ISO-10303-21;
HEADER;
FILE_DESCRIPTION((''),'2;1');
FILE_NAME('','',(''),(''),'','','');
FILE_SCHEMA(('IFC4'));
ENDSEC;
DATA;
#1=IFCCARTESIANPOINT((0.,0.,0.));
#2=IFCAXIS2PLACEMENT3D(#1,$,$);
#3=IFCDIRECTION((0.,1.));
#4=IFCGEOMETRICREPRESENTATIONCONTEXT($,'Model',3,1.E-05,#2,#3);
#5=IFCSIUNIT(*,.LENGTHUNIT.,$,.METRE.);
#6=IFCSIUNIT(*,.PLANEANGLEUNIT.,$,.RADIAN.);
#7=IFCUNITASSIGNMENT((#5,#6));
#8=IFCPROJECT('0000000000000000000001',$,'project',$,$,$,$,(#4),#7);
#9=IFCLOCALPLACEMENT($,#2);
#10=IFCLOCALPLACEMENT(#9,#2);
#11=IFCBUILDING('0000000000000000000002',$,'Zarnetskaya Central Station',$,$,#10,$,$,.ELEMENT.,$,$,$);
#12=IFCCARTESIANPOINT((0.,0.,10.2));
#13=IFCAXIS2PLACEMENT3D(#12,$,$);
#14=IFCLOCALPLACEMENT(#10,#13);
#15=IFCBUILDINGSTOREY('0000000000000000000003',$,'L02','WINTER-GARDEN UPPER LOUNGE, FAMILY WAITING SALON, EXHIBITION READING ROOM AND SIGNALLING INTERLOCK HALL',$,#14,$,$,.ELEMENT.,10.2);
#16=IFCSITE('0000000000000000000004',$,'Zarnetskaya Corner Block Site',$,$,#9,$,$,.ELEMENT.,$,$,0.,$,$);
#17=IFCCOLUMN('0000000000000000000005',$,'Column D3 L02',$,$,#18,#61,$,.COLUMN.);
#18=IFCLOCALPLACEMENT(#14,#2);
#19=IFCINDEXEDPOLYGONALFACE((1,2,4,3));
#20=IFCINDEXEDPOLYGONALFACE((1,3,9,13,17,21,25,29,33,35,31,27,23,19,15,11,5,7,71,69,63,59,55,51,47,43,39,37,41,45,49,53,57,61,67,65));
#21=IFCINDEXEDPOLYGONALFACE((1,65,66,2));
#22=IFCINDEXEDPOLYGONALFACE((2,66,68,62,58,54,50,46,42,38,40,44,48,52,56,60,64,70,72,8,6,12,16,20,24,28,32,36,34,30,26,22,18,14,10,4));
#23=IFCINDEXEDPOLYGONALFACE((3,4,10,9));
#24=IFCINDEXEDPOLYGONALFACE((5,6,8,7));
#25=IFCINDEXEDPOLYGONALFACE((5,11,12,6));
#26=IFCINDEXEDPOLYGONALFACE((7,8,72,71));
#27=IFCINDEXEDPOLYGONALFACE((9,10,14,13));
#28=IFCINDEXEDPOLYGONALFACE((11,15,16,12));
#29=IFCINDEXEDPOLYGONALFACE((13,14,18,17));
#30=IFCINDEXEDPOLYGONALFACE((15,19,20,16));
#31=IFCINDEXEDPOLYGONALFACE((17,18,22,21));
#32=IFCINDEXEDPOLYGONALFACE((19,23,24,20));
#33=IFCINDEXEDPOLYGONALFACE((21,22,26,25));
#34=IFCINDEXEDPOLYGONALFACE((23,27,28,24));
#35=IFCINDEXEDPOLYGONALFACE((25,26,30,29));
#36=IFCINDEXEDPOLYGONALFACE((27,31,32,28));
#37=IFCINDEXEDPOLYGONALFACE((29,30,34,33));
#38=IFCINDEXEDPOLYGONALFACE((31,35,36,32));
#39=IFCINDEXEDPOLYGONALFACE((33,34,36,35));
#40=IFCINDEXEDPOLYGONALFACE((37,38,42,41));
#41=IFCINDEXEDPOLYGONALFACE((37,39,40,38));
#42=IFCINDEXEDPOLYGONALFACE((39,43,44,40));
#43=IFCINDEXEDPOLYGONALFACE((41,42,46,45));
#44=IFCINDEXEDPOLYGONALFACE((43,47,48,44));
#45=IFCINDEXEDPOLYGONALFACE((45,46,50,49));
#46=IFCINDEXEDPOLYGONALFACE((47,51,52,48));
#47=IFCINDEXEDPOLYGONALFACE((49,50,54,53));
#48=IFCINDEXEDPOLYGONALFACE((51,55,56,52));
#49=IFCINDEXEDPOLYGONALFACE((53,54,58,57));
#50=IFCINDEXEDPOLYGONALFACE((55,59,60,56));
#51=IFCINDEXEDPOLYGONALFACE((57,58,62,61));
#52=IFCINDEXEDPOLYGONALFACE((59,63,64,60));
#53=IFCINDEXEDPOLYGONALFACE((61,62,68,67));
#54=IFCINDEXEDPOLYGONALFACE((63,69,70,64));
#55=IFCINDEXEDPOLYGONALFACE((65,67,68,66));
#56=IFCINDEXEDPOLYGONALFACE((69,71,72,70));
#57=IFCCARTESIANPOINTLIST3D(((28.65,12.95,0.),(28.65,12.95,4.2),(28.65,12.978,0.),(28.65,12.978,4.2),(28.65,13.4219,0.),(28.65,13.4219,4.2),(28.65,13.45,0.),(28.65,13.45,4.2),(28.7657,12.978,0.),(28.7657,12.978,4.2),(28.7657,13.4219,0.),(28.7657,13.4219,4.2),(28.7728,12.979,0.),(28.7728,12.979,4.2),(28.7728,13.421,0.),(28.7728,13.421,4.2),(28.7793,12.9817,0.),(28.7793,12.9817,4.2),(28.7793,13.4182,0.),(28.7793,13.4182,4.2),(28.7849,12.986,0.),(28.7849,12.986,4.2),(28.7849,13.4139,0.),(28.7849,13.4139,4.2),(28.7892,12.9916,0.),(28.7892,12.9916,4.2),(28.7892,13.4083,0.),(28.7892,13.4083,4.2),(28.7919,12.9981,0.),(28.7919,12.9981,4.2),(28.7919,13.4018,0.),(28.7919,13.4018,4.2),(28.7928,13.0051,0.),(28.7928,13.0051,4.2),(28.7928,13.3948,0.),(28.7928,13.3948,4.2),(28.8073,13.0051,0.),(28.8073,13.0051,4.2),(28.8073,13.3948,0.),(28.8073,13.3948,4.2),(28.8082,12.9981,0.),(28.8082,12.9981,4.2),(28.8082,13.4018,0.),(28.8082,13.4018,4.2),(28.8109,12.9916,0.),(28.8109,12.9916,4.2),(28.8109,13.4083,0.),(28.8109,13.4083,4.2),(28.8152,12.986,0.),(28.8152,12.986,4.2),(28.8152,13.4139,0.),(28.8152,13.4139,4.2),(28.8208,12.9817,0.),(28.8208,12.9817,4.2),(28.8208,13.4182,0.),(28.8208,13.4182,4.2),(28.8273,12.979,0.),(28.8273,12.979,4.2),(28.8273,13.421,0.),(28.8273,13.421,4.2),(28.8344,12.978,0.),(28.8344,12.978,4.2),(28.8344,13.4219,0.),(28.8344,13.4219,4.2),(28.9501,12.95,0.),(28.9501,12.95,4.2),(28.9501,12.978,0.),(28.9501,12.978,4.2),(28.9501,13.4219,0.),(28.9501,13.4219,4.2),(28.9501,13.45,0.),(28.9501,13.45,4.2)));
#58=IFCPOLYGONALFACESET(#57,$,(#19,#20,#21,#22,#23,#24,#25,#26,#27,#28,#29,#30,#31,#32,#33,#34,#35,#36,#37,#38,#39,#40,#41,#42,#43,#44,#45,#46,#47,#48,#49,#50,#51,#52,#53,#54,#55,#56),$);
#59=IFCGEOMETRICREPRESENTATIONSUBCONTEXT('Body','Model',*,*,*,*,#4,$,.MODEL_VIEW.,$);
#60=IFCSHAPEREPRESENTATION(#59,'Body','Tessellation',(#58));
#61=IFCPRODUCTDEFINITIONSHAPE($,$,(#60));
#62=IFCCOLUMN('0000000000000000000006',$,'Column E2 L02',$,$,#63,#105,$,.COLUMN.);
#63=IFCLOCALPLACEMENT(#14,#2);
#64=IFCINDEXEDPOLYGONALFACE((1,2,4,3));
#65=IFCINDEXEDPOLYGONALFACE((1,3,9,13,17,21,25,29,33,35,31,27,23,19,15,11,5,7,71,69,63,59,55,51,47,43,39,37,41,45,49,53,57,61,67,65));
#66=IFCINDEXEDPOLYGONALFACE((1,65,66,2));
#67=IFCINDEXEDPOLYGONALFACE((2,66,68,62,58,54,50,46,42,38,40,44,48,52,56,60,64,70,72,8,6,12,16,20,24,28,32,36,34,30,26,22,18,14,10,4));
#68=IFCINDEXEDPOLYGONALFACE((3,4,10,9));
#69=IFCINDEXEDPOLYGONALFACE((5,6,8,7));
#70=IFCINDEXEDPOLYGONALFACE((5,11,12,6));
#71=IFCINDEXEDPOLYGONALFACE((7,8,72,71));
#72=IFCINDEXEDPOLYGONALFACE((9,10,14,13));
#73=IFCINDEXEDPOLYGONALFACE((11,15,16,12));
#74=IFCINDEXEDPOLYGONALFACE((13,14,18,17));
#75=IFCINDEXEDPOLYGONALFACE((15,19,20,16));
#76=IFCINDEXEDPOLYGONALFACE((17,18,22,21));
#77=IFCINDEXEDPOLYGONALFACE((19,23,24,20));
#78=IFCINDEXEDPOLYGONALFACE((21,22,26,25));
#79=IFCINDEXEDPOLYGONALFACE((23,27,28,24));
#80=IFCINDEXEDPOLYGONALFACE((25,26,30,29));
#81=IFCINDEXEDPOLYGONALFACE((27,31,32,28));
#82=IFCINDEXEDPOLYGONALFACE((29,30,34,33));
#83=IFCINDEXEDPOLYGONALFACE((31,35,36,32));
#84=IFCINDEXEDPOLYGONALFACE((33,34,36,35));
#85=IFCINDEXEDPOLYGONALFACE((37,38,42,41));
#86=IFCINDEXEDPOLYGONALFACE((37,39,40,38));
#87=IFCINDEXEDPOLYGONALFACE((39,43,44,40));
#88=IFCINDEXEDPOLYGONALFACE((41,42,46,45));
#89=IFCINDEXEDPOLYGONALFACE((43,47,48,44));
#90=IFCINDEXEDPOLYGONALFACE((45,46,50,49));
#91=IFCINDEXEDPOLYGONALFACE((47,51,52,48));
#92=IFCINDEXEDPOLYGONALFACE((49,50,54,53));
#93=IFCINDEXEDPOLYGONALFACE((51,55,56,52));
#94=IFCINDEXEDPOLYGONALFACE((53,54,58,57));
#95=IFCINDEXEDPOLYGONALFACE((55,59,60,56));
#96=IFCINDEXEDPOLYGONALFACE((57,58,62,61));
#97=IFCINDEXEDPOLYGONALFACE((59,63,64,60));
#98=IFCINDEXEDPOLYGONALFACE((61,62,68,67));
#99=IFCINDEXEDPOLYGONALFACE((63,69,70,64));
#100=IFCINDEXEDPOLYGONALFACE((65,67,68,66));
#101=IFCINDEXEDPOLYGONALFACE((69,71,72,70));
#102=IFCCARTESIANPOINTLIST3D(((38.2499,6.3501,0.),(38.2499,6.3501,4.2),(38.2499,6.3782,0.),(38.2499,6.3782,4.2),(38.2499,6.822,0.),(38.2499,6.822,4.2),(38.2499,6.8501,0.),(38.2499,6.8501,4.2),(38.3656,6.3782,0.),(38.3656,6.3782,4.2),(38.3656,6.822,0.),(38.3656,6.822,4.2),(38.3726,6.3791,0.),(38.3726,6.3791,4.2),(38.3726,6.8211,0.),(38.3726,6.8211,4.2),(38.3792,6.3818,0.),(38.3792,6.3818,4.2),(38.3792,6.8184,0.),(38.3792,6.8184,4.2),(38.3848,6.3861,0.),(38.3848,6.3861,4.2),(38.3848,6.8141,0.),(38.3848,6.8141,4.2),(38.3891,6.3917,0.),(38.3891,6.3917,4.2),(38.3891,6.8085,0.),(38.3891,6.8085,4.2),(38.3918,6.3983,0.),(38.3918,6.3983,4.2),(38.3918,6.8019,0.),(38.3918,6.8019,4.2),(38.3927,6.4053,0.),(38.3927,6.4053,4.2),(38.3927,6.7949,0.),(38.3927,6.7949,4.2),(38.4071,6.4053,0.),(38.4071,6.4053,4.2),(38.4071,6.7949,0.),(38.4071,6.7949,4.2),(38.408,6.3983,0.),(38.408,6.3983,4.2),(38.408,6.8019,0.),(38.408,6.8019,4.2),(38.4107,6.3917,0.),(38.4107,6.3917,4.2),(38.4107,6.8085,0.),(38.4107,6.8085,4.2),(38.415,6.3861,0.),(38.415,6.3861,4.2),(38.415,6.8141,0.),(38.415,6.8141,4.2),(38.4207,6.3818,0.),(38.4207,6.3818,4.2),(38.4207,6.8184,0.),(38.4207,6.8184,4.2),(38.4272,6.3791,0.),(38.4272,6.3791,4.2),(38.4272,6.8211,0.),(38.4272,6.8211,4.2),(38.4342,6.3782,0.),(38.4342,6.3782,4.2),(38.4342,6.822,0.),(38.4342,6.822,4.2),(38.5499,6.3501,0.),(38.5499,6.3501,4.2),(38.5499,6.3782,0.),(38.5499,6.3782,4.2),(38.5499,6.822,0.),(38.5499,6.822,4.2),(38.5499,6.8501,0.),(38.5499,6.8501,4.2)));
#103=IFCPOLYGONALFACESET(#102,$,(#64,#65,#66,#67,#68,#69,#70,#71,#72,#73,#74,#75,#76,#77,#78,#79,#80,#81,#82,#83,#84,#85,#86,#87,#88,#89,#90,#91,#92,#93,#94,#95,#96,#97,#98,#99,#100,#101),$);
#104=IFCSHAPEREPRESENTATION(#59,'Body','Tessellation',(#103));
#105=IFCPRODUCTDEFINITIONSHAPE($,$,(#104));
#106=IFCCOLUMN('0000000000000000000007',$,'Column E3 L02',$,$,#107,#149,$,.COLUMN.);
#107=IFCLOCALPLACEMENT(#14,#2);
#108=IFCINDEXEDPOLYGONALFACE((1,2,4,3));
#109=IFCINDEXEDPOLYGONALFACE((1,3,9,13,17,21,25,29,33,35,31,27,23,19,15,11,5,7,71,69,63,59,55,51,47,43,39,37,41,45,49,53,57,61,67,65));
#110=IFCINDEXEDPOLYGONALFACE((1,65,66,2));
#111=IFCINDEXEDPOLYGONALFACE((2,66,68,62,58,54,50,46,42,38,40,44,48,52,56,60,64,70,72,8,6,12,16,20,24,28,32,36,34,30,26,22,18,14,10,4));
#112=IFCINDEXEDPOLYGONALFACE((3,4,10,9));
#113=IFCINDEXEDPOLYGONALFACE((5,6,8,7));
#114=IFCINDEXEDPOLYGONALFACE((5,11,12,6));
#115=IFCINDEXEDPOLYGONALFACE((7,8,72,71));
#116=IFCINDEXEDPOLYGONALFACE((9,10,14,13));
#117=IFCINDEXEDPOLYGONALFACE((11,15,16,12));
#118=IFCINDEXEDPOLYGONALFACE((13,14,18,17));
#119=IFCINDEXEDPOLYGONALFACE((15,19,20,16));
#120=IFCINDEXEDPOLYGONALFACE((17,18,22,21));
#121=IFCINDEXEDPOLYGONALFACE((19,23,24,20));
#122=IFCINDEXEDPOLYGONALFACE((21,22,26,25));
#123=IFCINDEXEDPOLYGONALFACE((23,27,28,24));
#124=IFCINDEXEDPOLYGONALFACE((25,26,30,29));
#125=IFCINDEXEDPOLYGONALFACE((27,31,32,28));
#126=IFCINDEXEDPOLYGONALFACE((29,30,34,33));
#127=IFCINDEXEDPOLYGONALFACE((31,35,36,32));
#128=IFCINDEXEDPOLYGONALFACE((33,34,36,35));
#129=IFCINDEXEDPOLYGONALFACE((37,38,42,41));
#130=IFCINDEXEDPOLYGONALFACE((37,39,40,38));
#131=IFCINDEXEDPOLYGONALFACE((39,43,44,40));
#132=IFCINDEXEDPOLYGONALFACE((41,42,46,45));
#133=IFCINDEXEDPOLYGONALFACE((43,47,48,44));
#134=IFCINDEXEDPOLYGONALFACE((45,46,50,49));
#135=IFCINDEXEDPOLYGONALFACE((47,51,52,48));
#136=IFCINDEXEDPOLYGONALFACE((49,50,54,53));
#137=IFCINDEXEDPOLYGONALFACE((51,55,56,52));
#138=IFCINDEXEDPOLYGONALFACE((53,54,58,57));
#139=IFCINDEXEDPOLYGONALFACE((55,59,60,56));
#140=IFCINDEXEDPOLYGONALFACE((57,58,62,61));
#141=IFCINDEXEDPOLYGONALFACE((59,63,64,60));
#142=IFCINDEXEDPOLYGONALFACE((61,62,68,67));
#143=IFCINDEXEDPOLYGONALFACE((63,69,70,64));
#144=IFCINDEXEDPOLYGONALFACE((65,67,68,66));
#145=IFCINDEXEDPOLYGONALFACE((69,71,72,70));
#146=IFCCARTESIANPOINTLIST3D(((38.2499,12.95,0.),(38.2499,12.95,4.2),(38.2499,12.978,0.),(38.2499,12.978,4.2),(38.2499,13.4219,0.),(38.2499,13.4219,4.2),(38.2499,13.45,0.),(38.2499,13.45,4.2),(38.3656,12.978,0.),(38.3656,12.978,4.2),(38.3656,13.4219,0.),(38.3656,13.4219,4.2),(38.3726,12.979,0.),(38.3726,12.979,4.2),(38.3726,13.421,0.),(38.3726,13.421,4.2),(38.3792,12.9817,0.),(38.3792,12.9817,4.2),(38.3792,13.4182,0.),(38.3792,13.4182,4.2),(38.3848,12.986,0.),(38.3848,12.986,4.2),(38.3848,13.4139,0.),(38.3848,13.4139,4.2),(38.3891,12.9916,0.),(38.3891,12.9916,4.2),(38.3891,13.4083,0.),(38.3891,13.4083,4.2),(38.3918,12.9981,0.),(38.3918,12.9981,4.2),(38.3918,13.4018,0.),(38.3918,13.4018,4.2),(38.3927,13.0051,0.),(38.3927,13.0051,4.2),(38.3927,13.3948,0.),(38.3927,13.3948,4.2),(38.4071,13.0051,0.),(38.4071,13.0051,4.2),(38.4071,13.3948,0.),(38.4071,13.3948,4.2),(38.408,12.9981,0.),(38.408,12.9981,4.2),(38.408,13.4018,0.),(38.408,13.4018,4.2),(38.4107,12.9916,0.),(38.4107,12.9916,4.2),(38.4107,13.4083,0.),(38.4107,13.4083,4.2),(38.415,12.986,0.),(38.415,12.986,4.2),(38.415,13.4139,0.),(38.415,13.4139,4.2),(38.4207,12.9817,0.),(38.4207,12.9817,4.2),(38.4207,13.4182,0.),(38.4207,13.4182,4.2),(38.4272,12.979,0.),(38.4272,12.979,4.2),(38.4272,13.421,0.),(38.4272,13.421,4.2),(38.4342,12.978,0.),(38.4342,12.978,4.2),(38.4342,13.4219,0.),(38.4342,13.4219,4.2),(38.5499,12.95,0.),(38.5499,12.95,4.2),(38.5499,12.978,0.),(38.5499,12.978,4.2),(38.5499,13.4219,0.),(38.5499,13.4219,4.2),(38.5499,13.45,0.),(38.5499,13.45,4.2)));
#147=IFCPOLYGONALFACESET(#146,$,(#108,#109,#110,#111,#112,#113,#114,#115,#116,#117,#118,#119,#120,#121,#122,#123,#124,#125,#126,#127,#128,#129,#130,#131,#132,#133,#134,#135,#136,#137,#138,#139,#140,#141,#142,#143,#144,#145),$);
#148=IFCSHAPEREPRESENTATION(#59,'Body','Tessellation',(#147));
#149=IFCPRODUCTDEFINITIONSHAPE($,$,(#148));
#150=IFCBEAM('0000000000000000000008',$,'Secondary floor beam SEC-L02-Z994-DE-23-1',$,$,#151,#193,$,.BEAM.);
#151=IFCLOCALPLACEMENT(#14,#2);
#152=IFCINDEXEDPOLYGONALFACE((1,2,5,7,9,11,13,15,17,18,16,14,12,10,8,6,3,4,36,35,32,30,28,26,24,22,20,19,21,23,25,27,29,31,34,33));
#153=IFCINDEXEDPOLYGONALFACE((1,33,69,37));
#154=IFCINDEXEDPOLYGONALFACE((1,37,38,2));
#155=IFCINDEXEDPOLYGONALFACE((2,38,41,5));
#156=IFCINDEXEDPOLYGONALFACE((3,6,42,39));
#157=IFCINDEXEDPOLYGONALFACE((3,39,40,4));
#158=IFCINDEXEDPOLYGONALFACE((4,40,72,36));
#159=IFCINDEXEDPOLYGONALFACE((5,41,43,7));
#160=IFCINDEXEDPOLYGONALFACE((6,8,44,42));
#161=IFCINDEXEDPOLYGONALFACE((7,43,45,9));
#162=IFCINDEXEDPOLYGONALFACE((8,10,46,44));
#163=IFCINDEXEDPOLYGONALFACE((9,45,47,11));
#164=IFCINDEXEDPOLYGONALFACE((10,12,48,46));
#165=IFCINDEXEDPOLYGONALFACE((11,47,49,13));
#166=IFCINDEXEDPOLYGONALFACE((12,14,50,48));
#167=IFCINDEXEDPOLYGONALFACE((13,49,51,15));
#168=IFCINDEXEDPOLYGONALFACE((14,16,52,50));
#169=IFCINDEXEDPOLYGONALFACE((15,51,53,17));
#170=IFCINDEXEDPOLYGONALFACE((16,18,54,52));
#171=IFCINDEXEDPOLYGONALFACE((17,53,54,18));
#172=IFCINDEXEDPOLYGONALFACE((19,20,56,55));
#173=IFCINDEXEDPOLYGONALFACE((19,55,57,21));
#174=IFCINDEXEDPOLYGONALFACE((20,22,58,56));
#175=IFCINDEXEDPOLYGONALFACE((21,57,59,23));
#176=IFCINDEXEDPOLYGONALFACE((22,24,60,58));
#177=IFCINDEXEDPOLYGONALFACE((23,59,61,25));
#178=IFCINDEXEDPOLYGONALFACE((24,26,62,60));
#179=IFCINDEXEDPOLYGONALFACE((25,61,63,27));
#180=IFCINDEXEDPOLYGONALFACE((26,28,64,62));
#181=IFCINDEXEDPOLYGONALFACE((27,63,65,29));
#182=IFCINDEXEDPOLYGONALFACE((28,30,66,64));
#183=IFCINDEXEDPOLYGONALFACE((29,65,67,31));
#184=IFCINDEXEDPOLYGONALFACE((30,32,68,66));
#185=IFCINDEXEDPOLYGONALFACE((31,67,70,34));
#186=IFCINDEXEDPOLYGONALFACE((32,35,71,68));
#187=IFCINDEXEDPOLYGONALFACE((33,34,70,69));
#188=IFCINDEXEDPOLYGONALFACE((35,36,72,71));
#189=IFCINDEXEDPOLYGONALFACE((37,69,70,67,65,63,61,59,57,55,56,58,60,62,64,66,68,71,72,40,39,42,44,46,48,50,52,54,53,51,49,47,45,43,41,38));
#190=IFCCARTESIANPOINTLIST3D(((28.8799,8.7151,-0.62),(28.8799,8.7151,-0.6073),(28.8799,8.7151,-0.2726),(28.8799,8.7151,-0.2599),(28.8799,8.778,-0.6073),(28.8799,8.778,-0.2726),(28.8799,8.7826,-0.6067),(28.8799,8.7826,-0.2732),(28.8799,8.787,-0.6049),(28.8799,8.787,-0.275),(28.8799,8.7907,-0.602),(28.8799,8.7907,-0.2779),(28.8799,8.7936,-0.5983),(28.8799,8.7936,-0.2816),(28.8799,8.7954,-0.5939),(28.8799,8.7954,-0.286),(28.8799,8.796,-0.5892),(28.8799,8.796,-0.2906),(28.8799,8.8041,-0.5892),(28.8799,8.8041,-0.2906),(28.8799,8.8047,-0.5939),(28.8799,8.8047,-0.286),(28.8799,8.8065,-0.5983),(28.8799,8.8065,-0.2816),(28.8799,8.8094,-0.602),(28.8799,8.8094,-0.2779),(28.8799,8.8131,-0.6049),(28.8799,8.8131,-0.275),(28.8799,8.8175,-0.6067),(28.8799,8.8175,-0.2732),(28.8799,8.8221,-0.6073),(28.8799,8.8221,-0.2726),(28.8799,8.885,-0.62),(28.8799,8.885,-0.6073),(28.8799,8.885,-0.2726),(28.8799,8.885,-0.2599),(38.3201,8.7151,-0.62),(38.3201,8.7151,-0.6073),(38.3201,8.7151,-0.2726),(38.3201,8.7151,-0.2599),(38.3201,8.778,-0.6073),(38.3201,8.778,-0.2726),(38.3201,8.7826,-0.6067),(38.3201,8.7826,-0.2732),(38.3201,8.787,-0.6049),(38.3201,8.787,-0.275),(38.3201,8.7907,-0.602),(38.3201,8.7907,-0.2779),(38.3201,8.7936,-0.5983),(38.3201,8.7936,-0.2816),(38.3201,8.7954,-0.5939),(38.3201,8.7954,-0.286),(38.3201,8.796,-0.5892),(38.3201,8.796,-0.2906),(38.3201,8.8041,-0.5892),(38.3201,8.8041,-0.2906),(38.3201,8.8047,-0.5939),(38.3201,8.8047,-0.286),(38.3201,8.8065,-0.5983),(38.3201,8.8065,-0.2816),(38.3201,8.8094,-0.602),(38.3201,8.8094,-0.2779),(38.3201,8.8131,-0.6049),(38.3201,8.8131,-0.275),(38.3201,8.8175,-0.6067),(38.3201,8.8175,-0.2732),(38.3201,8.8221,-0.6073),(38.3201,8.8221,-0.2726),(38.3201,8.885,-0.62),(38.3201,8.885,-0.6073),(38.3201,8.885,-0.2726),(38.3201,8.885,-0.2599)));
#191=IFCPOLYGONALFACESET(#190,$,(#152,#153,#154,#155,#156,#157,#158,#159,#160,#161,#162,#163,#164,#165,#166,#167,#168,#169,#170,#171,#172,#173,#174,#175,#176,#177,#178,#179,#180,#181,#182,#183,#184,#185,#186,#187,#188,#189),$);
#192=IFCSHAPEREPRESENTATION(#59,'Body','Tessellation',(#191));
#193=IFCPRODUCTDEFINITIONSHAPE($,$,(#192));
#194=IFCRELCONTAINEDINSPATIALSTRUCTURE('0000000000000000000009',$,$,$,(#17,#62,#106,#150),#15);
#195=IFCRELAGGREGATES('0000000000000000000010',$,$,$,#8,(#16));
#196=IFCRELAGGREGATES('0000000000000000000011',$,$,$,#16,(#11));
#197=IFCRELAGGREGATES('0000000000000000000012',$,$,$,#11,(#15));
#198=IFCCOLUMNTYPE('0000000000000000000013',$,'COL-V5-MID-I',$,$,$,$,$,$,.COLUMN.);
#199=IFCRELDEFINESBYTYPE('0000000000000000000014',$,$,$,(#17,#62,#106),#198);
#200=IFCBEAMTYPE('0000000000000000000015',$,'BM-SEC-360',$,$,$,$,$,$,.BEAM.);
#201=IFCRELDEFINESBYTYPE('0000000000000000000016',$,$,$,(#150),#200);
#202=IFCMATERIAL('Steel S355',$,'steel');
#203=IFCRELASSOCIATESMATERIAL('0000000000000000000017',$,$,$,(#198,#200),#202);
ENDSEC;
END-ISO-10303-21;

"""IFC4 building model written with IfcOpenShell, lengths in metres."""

from ifc_helpers import new_model, si_unit, direction, frame, origin, origin_2d, place, context, subcontext, project, spatial, i_section, extrude, material, material_profile, profile_set, type_object, element, save


model = new_model("IFC4")

# Units and contexts
model_context = context("Model", 3, precision=1e-05, world=origin(), true_north=direction((0.0, 1.0)))
body_context = subcontext(model_context, "Body", "Model", "MODEL_VIEW")
ifc_project = project(units=[si_unit("LENGTHUNIT", "METRE"), si_unit("PLANEANGLEUNIT", "RADIAN")], contexts=[model_context])

# Site, building, storey
site_placement = place(None, origin())
site = spatial("IfcSite", under=ifc_project, at=site_placement, Name="Zarnetskaya Corner Block Site", CompositionType="ELEMENT", RefElevation=0.0)
building_placement = place(site_placement, origin())
building = spatial("IfcBuilding", under=site, at=building_placement, Name="Zarnetskaya Central Station", CompositionType="ELEMENT")
storey_placement = place(building_placement, frame((0.0, 0.0, 10.2)))
storey = spatial("IfcBuildingStorey", under=building, at=storey_placement, Name="L02", Description="WINTER-GARDEN UPPER LOUNGE, FAMILY WAITING SALON, EXHIBITION READING ROOM AND SIGNALLING INTERLOCK HALL", CompositionType="ELEMENT", Elevation=10.2)

# Columns
ifc_material_1 = material(Name="Steel S355", Category="steel")
ifc_material_profile_1 = material_profile(ifc_material_1, i_section(OverallWidth=0.3, OverallDepth=0.5, WebThickness=0.0144, FlangeThickness=0.0281, FilletRadius=0.0271, at=origin_2d()), Name="HEB 500")
ifc_profile_set_1 = profile_set([ifc_material_profile_1], Name="Steel S355")
column_type = type_object("IfcColumnType", Name="COL-V5-MID-I", PredefinedType="COLUMN", material=ifc_profile_set_1)
for number, where, z_axis, x_axis, name in (
    (1, (28.8, 13.2, 0.0), (0.0, 0.0, 1.0), (1.0, 0.0, 0.0), "Column D3 L02"),
    (2, (38.3999, 6.6001, 0.0), (0.0, 0.0, 1.0), (1.0, 0.0, 0.0), "Column E2 L02"),
    (3, (38.3999, 13.2, 0.0), (0.0, 0.0, 1.0), (1.0, 0.0, 0.0), "Column E3 L02"),
):
    element("IfcColumn", number, at=place(storey_placement, frame(where, z_axis=z_axis, x_axis=x_axis)), inside=storey, type_object=column_type, Name=name, PredefinedType="COLUMN", context=body_context, shape_type="SweptSolid", body=[
        extrude(i_section(OverallWidth=0.3, OverallDepth=0.5, WebThickness=0.0144, FlangeThickness=0.0281, FilletRadius=0.0271, at=origin_2d()), origin(), (0.0, 0.0, 1.0), 4.2),
    ])

# Beam
ifc_material_profile_2 = material_profile(ifc_material_1, i_section(OverallWidth=0.1699, OverallDepth=0.3601, WebThickness=0.0081, FlangeThickness=0.0127, FilletRadius=0.0181, at=origin_2d()), Name="IPE 360")
ifc_profile_set_2 = profile_set([ifc_material_profile_2], Name="Steel S355")
beam_type_1 = type_object("IfcBeamType", Name="BM-SEC-360", PredefinedType="BEAM", material=ifc_profile_set_2)
for number, where, z_axis, x_axis, name in (
    (4, (28.8799, 8.8, -0.4399), (1.0, 0.0, 0.0), (0.0, 1.0, 0.0), "Secondary floor beam SEC-L02-Z994-DE-23-1"),
):
    element("IfcBeam", number, at=place(storey_placement, frame(where, z_axis=z_axis, x_axis=x_axis)), inside=storey, type_object=beam_type_1, Name=name, PredefinedType="BEAM", context=body_context, shape_type="SweptSolid", body=[
        extrude(i_section(OverallWidth=0.1699, OverallDepth=0.3601, WebThickness=0.0081, FlangeThickness=0.0127, FilletRadius=0.0181, at=origin_2d()), origin(), (0.0, 0.0, 1.0), 9.4402),
    ])

save(model, "model.ifc")
